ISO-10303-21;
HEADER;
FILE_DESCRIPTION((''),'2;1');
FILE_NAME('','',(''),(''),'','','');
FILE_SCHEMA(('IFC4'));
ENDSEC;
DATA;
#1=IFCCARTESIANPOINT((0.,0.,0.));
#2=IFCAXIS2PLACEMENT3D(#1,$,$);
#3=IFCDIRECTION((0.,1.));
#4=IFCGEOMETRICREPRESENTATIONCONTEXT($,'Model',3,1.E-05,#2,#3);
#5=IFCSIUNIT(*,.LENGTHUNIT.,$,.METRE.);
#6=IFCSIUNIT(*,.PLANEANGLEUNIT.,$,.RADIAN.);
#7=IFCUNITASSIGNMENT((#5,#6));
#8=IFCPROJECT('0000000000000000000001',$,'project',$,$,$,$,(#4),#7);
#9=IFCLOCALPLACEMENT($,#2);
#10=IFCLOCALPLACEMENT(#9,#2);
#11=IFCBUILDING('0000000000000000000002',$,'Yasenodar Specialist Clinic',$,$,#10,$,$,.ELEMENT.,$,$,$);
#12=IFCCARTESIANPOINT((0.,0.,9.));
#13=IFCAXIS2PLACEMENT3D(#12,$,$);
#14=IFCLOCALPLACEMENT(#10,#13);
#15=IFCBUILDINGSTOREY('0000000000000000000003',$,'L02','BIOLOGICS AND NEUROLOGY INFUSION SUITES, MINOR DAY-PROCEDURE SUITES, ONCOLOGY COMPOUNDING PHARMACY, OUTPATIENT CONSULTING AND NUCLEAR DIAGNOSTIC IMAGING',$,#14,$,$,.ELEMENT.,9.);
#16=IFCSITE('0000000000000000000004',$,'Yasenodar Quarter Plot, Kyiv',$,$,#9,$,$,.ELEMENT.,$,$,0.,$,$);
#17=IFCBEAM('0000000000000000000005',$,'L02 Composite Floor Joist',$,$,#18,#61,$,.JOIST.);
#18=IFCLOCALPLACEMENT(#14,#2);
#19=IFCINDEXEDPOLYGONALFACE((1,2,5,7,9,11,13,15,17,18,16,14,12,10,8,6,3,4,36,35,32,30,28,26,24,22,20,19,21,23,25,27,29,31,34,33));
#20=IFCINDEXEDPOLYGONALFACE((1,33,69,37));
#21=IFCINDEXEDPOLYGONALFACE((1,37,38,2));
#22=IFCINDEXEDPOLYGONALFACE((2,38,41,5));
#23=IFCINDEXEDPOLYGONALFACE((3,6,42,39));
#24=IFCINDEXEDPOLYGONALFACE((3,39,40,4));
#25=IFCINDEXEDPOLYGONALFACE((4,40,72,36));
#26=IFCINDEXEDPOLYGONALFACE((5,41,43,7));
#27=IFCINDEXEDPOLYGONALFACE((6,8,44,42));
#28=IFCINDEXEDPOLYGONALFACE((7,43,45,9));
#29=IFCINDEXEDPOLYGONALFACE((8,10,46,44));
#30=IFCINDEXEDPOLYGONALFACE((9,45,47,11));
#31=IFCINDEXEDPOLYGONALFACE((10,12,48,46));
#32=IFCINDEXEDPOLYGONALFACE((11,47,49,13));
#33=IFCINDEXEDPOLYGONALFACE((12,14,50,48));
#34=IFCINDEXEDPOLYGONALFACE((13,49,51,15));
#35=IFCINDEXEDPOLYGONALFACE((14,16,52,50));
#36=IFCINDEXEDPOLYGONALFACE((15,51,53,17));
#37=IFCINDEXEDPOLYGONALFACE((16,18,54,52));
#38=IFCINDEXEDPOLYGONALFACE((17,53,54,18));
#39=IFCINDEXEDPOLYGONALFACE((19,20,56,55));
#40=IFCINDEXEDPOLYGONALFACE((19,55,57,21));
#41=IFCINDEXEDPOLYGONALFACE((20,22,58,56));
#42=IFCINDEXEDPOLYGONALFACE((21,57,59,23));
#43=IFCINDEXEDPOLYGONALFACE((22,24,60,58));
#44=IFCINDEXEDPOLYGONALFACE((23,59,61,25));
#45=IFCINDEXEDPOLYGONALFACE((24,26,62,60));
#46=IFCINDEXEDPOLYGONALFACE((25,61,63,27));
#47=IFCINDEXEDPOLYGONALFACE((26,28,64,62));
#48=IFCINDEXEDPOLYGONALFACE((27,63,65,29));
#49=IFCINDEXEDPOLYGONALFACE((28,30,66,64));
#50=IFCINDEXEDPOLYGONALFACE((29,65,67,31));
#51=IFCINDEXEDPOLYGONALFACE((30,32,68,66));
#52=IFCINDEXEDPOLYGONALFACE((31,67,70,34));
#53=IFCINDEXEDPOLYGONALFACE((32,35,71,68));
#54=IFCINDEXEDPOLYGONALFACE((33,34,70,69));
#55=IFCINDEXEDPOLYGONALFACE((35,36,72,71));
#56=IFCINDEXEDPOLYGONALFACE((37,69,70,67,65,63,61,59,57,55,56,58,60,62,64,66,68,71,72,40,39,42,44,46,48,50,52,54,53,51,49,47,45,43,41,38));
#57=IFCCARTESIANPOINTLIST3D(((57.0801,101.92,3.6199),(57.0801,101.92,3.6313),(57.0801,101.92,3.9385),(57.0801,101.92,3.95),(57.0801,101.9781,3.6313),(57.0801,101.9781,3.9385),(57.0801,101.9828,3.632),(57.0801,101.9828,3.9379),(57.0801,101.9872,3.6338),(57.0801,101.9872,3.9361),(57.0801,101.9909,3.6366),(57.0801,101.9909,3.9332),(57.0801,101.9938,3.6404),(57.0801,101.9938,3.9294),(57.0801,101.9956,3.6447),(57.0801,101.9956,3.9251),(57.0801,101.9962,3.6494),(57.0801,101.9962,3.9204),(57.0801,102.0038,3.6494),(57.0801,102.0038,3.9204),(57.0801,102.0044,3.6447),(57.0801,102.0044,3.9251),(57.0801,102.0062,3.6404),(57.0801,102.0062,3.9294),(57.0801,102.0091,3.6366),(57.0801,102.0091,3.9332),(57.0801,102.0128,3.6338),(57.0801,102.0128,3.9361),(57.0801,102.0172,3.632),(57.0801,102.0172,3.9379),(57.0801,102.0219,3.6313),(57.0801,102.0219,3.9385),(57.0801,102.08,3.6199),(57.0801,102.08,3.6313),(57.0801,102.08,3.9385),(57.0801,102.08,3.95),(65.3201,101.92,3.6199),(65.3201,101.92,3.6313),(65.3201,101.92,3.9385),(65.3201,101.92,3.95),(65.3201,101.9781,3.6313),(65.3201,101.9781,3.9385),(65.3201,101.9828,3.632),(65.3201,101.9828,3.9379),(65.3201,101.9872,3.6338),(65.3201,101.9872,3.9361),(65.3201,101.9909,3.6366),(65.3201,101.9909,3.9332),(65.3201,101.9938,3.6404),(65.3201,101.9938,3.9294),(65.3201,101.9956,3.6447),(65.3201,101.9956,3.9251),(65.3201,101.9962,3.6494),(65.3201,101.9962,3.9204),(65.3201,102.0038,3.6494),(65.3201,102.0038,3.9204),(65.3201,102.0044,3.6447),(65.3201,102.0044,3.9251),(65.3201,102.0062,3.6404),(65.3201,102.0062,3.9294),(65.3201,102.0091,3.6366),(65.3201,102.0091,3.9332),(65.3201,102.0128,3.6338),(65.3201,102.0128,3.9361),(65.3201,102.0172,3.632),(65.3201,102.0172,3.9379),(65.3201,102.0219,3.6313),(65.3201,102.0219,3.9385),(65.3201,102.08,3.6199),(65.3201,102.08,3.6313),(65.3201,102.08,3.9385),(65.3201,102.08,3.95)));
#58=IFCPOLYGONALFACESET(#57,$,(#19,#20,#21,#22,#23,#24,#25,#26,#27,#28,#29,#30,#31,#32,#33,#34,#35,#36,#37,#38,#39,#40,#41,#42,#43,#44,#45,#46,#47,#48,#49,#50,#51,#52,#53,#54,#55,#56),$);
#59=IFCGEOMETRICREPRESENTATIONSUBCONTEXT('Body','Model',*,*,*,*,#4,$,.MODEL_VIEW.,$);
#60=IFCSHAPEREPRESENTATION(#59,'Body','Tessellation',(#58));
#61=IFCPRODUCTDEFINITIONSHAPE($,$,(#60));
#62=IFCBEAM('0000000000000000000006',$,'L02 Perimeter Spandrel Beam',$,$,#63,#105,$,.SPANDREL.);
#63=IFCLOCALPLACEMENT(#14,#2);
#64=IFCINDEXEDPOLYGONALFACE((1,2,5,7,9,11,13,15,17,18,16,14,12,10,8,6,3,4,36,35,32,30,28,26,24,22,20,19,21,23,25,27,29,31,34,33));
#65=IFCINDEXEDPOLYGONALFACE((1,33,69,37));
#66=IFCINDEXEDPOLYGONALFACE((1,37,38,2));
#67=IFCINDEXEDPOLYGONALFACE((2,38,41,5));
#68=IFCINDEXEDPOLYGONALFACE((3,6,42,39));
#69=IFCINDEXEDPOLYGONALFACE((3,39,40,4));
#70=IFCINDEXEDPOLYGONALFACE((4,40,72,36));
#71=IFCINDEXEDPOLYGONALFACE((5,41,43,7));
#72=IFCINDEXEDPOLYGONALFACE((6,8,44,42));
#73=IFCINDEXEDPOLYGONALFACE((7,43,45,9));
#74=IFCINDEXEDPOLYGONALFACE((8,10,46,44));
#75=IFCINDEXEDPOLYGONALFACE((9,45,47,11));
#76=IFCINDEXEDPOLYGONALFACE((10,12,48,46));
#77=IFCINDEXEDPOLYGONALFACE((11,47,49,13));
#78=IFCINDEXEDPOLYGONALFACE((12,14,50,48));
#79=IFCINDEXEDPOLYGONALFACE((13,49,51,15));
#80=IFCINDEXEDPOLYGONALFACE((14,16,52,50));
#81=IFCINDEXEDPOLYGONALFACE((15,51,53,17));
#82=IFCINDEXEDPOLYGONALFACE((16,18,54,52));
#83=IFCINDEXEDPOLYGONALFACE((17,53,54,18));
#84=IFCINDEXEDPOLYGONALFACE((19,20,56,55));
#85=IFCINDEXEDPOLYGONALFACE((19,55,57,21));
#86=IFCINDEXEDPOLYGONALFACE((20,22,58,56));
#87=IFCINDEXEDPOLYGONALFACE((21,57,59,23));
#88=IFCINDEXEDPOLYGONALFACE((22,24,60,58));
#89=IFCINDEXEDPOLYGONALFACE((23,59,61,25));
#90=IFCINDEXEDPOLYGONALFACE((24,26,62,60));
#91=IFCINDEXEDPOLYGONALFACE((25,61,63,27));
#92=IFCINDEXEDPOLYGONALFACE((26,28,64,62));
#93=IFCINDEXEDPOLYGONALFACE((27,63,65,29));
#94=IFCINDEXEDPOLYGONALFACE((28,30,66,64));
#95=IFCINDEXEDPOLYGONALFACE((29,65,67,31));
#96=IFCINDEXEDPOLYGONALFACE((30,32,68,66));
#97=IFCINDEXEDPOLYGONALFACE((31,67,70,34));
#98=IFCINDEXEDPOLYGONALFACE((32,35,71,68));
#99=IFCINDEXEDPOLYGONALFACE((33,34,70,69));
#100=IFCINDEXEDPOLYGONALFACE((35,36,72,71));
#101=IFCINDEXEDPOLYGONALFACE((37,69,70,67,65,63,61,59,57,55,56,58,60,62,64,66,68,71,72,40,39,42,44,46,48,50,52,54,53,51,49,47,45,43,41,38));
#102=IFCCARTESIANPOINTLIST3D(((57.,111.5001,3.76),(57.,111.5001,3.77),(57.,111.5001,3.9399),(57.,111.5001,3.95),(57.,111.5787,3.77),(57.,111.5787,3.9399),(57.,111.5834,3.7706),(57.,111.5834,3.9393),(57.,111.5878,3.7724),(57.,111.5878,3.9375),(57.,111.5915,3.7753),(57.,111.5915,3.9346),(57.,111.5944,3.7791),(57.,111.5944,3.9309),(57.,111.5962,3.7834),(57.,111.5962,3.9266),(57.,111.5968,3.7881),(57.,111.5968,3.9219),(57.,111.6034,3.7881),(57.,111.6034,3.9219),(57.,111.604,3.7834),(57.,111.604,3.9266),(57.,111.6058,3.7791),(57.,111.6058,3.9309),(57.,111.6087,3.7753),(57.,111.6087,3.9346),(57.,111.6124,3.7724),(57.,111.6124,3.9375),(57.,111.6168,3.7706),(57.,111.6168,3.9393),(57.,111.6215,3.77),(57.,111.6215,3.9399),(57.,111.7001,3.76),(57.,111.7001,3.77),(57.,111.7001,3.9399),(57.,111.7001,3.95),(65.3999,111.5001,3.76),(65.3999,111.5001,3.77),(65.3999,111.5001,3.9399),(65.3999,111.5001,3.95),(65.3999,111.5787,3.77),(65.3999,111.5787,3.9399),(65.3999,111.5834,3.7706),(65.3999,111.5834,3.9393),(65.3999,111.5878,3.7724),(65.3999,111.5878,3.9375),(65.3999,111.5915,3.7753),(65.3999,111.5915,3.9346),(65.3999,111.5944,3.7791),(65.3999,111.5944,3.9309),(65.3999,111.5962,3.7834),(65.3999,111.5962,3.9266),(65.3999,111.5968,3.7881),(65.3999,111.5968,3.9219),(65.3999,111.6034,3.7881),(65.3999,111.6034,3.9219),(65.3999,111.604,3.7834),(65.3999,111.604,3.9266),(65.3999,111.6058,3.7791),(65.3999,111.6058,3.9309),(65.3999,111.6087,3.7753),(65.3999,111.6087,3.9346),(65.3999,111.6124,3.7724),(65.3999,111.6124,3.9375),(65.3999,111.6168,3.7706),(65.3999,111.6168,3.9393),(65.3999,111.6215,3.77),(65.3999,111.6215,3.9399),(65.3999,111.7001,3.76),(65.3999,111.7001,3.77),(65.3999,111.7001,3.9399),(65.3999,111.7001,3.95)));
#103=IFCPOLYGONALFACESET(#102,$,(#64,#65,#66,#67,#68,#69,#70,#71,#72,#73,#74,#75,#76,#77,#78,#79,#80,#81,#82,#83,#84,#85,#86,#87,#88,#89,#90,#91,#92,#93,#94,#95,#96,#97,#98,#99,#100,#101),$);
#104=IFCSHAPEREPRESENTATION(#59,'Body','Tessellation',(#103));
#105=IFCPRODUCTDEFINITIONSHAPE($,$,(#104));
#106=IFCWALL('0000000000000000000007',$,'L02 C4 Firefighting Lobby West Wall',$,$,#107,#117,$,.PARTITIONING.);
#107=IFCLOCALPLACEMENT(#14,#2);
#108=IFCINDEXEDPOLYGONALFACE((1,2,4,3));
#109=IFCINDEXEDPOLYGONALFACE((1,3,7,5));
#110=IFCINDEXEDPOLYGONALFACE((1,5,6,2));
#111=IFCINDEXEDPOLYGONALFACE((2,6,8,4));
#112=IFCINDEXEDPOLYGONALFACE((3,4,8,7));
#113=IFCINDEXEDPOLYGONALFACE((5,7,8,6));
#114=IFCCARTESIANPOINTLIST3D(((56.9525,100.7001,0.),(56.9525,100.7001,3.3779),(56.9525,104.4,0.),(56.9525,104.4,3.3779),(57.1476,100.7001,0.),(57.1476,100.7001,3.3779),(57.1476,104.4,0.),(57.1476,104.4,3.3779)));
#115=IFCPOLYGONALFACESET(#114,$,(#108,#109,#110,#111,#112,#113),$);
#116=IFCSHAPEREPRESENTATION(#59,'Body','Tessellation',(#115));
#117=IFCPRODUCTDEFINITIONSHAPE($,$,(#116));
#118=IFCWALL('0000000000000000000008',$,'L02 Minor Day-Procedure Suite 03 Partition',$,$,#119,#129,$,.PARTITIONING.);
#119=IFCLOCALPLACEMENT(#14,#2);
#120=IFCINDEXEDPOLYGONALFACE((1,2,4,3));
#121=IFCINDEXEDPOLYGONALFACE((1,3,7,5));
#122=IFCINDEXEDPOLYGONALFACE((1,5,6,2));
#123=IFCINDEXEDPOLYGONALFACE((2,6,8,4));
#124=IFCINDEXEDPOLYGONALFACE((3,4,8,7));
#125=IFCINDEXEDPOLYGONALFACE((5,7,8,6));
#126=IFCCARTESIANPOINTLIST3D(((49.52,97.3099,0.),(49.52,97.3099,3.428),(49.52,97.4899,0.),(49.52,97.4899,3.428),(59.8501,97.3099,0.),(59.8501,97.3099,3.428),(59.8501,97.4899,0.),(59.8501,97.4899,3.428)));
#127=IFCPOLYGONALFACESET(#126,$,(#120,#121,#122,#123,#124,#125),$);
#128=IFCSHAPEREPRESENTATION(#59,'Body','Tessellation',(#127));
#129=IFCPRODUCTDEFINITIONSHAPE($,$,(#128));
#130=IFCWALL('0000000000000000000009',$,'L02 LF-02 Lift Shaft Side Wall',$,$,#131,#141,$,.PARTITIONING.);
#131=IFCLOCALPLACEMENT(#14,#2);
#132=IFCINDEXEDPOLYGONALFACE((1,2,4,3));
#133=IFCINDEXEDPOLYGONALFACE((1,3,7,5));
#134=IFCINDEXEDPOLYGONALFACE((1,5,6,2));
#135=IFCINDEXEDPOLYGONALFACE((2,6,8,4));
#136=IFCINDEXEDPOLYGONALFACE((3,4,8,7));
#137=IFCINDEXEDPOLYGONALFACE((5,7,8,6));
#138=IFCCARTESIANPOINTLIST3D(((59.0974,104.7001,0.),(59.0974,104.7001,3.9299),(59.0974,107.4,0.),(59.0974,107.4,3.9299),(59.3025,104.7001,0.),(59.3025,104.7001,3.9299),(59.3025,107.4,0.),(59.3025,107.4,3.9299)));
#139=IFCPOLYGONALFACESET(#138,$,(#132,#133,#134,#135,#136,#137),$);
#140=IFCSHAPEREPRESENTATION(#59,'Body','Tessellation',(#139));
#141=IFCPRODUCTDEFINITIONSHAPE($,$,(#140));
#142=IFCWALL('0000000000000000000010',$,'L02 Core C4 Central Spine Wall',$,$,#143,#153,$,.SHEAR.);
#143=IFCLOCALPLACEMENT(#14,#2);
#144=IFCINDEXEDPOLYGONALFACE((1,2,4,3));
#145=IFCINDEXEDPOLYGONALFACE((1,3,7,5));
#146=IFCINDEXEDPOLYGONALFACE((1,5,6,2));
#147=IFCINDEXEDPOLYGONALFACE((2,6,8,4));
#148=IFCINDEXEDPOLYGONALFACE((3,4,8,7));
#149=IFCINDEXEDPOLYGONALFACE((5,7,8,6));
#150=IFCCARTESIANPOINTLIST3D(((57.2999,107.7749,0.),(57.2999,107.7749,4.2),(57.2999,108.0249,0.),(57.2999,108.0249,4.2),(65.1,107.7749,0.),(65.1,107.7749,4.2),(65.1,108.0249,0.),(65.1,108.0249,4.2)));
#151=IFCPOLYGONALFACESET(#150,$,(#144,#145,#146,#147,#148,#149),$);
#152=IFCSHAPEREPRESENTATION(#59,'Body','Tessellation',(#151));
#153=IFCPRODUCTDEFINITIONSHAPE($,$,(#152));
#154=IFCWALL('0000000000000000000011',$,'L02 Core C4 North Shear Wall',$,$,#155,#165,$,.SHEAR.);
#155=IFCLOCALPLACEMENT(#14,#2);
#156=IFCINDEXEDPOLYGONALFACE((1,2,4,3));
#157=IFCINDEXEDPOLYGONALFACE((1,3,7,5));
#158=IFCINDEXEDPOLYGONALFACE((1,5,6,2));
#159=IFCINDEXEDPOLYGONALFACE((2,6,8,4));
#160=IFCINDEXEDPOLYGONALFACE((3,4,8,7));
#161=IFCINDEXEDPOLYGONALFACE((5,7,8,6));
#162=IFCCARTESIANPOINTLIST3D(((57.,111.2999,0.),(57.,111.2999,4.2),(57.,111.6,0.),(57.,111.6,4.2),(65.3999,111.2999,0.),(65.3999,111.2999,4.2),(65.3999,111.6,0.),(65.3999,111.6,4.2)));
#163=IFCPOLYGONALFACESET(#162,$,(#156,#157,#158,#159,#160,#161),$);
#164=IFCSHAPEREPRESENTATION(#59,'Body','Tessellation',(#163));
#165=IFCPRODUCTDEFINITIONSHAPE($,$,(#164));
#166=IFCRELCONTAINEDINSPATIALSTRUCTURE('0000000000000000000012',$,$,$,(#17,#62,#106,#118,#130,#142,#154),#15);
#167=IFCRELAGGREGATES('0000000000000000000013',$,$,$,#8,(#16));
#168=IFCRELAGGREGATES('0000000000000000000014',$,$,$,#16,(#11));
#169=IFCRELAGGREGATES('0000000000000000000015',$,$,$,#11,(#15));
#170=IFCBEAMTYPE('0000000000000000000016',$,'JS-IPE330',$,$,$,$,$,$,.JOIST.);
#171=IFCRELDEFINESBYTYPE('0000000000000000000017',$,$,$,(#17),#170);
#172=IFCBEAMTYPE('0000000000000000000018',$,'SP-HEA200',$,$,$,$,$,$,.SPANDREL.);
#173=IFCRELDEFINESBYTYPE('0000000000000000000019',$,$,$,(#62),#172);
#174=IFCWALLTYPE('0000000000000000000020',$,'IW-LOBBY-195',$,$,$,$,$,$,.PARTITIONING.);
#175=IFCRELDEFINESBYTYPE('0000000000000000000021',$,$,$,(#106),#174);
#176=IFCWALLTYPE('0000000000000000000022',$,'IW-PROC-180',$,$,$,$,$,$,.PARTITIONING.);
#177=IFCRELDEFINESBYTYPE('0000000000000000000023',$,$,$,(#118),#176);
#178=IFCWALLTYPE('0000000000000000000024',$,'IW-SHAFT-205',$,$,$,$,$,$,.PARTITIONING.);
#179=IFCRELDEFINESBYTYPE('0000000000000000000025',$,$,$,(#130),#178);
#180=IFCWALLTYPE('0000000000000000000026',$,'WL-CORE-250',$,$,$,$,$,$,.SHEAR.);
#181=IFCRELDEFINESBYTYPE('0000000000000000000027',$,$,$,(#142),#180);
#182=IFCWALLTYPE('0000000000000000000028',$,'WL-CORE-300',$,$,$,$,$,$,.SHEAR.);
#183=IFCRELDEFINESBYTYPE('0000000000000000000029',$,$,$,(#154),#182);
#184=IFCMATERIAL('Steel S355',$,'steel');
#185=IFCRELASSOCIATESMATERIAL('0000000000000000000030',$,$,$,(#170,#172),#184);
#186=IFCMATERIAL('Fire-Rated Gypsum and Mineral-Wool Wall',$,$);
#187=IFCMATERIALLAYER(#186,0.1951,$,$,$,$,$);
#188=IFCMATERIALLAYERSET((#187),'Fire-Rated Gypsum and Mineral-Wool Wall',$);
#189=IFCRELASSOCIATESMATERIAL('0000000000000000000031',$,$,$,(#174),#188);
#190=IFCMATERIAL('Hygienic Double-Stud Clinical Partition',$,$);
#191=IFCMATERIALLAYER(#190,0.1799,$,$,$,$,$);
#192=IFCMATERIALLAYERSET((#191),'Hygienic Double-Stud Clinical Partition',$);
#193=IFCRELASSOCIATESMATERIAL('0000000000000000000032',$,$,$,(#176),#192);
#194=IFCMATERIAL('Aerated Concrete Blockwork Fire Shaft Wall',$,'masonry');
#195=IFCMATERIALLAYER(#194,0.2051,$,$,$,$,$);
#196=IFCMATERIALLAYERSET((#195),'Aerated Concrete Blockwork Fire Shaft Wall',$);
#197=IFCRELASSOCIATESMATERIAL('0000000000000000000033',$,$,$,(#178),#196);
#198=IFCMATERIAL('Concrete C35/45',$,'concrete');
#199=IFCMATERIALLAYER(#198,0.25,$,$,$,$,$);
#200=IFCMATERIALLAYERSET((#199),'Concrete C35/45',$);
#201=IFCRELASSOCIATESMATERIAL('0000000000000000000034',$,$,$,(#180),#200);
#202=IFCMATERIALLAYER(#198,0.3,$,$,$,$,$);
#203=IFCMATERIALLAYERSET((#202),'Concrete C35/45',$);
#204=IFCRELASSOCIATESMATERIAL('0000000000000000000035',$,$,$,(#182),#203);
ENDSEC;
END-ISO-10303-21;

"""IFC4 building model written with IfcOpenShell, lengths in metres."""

from ifc_helpers import new_model, si_unit, direction, frame, frame_2d, origin, origin_2d, place, context, subcontext, project, spatial, rectangle, i_section, extrude, material, layer, layer_set, material_profile, profile_set, type_object, element, save


model = new_model("IFC4")

# Units and contexts
model_context = context("Model", 3, precision=1e-05, world=origin(), true_north=direction((0.0, 1.0)))
body_context = subcontext(model_context, "Body", "Model", "MODEL_VIEW")
ifc_project = project(units=[si_unit("LENGTHUNIT", "METRE"), si_unit("PLANEANGLEUNIT", "RADIAN")], contexts=[model_context])

# Site, building, storey
site_placement = place(None, origin())
site = spatial("IfcSite", under=ifc_project, at=site_placement, Name="Yasenodar Quarter Plot, Kyiv", CompositionType="ELEMENT", RefElevation=0.0)
building_placement = place(site_placement, origin())
building = spatial("IfcBuilding", under=site, at=building_placement, Name="Yasenodar Specialist Clinic", CompositionType="ELEMENT")
storey_placement = place(building_placement, frame((0.0, 0.0, 9.0)))
storey = spatial("IfcBuildingStorey", under=building, at=storey_placement, Name="L02", Description="BIOLOGICS AND NEUROLOGY INFUSION SUITES, MINOR DAY-PROCEDURE SUITES, ONCOLOGY COMPOUNDING PHARMACY, OUTPATIENT CONSULTING AND NUCLEAR DIAGNOSTIC IMAGING", CompositionType="ELEMENT", Elevation=9.0)

# Shared definitions
ifc_material_1 = material(Name="Steel S355", Category="steel")

# Beams
ifc_material_profile_1 = material_profile(ifc_material_1, i_section(OverallWidth=0.1599, OverallDepth=0.3301, WebThickness=0.0076, FlangeThickness=0.0115, FilletRadius=0.0181, at=origin_2d()), Name="IPE 330")
ifc_profile_set_1 = profile_set([ifc_material_profile_1], Name="Steel S355")
beam_type_1 = type_object("IfcBeamType", Name="JS-IPE330", PredefinedType="JOIST", material=ifc_profile_set_1)
beam_1_placement = place(storey_placement, frame((57.0801, 102.0, 3.7849), z_axis=(1.0, 0.0, 0.0), x_axis=(0.0, 1.0, 0.0)))
element("IfcBeam", 1, at=beam_1_placement, inside=storey, type_object=beam_type_1, Name="L02 Composite Floor Joist", PredefinedType="JOIST", context=body_context, shape_type="SweptSolid", body=[
    extrude(i_section(OverallWidth=0.1599, OverallDepth=0.3301, WebThickness=0.0076, FlangeThickness=0.0115, FilletRadius=0.0181, at=origin_2d()), origin(), (0.0, 0.0, 1.0), 8.24),
])
ifc_material_profile_2 = material_profile(ifc_material_1, i_section(OverallWidth=0.2, OverallDepth=0.1899, WebThickness=0.0066, FlangeThickness=0.01, FilletRadius=0.0181, at=origin_2d()), Name="HEA 200")
ifc_profile_set_2 = profile_set([ifc_material_profile_2], Name="Steel S355")
beam_type_2 = type_object("IfcBeamType", Name="SP-HEA200", PredefinedType="SPANDREL", material=ifc_profile_set_2)
beam_2_placement = place(storey_placement, frame((57.0, 111.6001, 3.855), z_axis=(1.0, 0.0, 0.0), x_axis=(0.0, 1.0, 0.0)))
element("IfcBeam", 2, at=beam_2_placement, inside=storey, type_object=beam_type_2, Name="L02 Perimeter Spandrel Beam", PredefinedType="SPANDREL", context=body_context, shape_type="SweptSolid", body=[
    extrude(i_section(OverallWidth=0.2, OverallDepth=0.1899, WebThickness=0.0066, FlangeThickness=0.01, FilletRadius=0.0181, at=origin_2d()), origin(), (0.0, 0.0, 1.0), 8.3999),
])

# Shared definitions
ifc_material_2 = material(Name="Fire-Rated Gypsum and Mineral-Wool Wall")
ifc_layer_1 = layer(ifc_material_2, 0.1951)
ifc_layer_set_1 = layer_set([ifc_layer_1], Name="Fire-Rated Gypsum and Mineral-Wool Wall")
wall_type_1 = type_object("IfcWallType", Name="IW-LOBBY-195", PredefinedType="PARTITIONING", material=ifc_layer_set_1)

# Walls
wall_1_placement = place(storey_placement, frame((57.05, 100.7, 0.0), z_axis=(0.0, 0.0, 1.0), x_axis=(0.0, 1.0, 0.0)))
element("IfcWall", 3, at=wall_1_placement, inside=storey, type_object=wall_type_1, Name="L02 C4 Firefighting Lobby West Wall", PredefinedType="PARTITIONING", context=body_context, shape_type="SweptSolid", body=[
    extrude(rectangle(XDim=3.7, YDim=0.1951, at=frame_2d((1.8501, 0.0))), origin(), (0.0, 0.0, 1.0), 3.3779),
])
ifc_material_3 = material(Name="Hygienic Double-Stud Clinical Partition")
ifc_layer_2 = layer(ifc_material_3, 0.1799)
ifc_layer_set_2 = layer_set([ifc_layer_2], Name="Hygienic Double-Stud Clinical Partition")
wall_type_2 = type_object("IfcWallType", Name="IW-PROC-180", PredefinedType="PARTITIONING", material=ifc_layer_set_2)
wall_2_placement = place(storey_placement, frame((59.8501, 97.3999, 0.0), z_axis=(0.0, 0.0, 1.0), x_axis=(-1.0, 0.0, 0.0)))
element("IfcWall", 4, at=wall_2_placement, inside=storey, type_object=wall_type_2, Name="L02 Minor Day-Procedure Suite 03 Partition", PredefinedType="PARTITIONING", context=body_context, shape_type="SweptSolid", body=[
    extrude(rectangle(XDim=10.3301, YDim=0.1799, at=frame_2d((5.165, 0.0))), origin(), (0.0, 0.0, 1.0), 3.428),
])
ifc_material_4 = material(Name="Aerated Concrete Blockwork Fire Shaft Wall", Category="masonry")
ifc_layer_3 = layer(ifc_material_4, 0.2051)
ifc_layer_set_3 = layer_set([ifc_layer_3], Name="Aerated Concrete Blockwork Fire Shaft Wall")
wall_type_3 = type_object("IfcWallType", Name="IW-SHAFT-205", PredefinedType="PARTITIONING", material=ifc_layer_set_3)
wall_3_placement = place(storey_placement, frame((59.2, 104.7, 0.0), z_axis=(0.0, 0.0, 1.0), x_axis=(0.0, 1.0, 0.0)))
element("IfcWall", 5, at=wall_3_placement, inside=storey, type_object=wall_type_3, Name="L02 LF-02 Lift Shaft Side Wall", PredefinedType="PARTITIONING", context=body_context, shape_type="SweptSolid", body=[
    extrude(rectangle(XDim=2.7, YDim=0.2051, at=frame_2d((1.3501, 0.0))), origin(), (0.0, 0.0, 1.0), 3.9299),
])
ifc_material_5 = material(Name="Concrete C35/45", Category="concrete")
ifc_layer_4 = layer(ifc_material_5, 0.25)
ifc_layer_set_4 = layer_set([ifc_layer_4], Name="Concrete C35/45")
wall_type_4 = type_object("IfcWallType", Name="WL-CORE-250", PredefinedType="SHEAR", material=ifc_layer_set_4)
wall_4_placement = place(storey_placement, frame((57.3, 107.8999, 0.0), z_axis=(0.0, 0.0, 1.0), x_axis=(1.0, 0.0, 0.0)))
element("IfcWall", 6, at=wall_4_placement, inside=storey, type_object=wall_type_4, Name="L02 Core C4 Central Spine Wall", PredefinedType="SHEAR", context=body_context, shape_type="SweptSolid", body=[
    extrude(rectangle(XDim=7.8, YDim=0.25, at=frame_2d((3.8999, 0.0))), origin(), (0.0, 0.0, 1.0), 4.2),
])
ifc_layer_5 = layer(ifc_material_5, 0.3)
ifc_layer_set_5 = layer_set([ifc_layer_5], Name="Concrete C35/45")
wall_type_5 = type_object("IfcWallType", Name="WL-CORE-300", PredefinedType="SHEAR", material=ifc_layer_set_5)
wall_5_placement = place(storey_placement, frame((57.0, 111.45, 0.0), z_axis=(0.0, 0.0, 1.0), x_axis=(1.0, 0.0, 0.0)))
element("IfcWall", 7, at=wall_5_placement, inside=storey, type_object=wall_type_5, Name="L02 Core C4 North Shear Wall", PredefinedType="SHEAR", context=body_context, shape_type="SweptSolid", body=[
    extrude(rectangle(XDim=8.3999, YDim=0.3, at=frame_2d((4.2, 0.0))), origin(), (0.0, 0.0, 1.0), 4.2),
])

save(model, "model.ifc")
